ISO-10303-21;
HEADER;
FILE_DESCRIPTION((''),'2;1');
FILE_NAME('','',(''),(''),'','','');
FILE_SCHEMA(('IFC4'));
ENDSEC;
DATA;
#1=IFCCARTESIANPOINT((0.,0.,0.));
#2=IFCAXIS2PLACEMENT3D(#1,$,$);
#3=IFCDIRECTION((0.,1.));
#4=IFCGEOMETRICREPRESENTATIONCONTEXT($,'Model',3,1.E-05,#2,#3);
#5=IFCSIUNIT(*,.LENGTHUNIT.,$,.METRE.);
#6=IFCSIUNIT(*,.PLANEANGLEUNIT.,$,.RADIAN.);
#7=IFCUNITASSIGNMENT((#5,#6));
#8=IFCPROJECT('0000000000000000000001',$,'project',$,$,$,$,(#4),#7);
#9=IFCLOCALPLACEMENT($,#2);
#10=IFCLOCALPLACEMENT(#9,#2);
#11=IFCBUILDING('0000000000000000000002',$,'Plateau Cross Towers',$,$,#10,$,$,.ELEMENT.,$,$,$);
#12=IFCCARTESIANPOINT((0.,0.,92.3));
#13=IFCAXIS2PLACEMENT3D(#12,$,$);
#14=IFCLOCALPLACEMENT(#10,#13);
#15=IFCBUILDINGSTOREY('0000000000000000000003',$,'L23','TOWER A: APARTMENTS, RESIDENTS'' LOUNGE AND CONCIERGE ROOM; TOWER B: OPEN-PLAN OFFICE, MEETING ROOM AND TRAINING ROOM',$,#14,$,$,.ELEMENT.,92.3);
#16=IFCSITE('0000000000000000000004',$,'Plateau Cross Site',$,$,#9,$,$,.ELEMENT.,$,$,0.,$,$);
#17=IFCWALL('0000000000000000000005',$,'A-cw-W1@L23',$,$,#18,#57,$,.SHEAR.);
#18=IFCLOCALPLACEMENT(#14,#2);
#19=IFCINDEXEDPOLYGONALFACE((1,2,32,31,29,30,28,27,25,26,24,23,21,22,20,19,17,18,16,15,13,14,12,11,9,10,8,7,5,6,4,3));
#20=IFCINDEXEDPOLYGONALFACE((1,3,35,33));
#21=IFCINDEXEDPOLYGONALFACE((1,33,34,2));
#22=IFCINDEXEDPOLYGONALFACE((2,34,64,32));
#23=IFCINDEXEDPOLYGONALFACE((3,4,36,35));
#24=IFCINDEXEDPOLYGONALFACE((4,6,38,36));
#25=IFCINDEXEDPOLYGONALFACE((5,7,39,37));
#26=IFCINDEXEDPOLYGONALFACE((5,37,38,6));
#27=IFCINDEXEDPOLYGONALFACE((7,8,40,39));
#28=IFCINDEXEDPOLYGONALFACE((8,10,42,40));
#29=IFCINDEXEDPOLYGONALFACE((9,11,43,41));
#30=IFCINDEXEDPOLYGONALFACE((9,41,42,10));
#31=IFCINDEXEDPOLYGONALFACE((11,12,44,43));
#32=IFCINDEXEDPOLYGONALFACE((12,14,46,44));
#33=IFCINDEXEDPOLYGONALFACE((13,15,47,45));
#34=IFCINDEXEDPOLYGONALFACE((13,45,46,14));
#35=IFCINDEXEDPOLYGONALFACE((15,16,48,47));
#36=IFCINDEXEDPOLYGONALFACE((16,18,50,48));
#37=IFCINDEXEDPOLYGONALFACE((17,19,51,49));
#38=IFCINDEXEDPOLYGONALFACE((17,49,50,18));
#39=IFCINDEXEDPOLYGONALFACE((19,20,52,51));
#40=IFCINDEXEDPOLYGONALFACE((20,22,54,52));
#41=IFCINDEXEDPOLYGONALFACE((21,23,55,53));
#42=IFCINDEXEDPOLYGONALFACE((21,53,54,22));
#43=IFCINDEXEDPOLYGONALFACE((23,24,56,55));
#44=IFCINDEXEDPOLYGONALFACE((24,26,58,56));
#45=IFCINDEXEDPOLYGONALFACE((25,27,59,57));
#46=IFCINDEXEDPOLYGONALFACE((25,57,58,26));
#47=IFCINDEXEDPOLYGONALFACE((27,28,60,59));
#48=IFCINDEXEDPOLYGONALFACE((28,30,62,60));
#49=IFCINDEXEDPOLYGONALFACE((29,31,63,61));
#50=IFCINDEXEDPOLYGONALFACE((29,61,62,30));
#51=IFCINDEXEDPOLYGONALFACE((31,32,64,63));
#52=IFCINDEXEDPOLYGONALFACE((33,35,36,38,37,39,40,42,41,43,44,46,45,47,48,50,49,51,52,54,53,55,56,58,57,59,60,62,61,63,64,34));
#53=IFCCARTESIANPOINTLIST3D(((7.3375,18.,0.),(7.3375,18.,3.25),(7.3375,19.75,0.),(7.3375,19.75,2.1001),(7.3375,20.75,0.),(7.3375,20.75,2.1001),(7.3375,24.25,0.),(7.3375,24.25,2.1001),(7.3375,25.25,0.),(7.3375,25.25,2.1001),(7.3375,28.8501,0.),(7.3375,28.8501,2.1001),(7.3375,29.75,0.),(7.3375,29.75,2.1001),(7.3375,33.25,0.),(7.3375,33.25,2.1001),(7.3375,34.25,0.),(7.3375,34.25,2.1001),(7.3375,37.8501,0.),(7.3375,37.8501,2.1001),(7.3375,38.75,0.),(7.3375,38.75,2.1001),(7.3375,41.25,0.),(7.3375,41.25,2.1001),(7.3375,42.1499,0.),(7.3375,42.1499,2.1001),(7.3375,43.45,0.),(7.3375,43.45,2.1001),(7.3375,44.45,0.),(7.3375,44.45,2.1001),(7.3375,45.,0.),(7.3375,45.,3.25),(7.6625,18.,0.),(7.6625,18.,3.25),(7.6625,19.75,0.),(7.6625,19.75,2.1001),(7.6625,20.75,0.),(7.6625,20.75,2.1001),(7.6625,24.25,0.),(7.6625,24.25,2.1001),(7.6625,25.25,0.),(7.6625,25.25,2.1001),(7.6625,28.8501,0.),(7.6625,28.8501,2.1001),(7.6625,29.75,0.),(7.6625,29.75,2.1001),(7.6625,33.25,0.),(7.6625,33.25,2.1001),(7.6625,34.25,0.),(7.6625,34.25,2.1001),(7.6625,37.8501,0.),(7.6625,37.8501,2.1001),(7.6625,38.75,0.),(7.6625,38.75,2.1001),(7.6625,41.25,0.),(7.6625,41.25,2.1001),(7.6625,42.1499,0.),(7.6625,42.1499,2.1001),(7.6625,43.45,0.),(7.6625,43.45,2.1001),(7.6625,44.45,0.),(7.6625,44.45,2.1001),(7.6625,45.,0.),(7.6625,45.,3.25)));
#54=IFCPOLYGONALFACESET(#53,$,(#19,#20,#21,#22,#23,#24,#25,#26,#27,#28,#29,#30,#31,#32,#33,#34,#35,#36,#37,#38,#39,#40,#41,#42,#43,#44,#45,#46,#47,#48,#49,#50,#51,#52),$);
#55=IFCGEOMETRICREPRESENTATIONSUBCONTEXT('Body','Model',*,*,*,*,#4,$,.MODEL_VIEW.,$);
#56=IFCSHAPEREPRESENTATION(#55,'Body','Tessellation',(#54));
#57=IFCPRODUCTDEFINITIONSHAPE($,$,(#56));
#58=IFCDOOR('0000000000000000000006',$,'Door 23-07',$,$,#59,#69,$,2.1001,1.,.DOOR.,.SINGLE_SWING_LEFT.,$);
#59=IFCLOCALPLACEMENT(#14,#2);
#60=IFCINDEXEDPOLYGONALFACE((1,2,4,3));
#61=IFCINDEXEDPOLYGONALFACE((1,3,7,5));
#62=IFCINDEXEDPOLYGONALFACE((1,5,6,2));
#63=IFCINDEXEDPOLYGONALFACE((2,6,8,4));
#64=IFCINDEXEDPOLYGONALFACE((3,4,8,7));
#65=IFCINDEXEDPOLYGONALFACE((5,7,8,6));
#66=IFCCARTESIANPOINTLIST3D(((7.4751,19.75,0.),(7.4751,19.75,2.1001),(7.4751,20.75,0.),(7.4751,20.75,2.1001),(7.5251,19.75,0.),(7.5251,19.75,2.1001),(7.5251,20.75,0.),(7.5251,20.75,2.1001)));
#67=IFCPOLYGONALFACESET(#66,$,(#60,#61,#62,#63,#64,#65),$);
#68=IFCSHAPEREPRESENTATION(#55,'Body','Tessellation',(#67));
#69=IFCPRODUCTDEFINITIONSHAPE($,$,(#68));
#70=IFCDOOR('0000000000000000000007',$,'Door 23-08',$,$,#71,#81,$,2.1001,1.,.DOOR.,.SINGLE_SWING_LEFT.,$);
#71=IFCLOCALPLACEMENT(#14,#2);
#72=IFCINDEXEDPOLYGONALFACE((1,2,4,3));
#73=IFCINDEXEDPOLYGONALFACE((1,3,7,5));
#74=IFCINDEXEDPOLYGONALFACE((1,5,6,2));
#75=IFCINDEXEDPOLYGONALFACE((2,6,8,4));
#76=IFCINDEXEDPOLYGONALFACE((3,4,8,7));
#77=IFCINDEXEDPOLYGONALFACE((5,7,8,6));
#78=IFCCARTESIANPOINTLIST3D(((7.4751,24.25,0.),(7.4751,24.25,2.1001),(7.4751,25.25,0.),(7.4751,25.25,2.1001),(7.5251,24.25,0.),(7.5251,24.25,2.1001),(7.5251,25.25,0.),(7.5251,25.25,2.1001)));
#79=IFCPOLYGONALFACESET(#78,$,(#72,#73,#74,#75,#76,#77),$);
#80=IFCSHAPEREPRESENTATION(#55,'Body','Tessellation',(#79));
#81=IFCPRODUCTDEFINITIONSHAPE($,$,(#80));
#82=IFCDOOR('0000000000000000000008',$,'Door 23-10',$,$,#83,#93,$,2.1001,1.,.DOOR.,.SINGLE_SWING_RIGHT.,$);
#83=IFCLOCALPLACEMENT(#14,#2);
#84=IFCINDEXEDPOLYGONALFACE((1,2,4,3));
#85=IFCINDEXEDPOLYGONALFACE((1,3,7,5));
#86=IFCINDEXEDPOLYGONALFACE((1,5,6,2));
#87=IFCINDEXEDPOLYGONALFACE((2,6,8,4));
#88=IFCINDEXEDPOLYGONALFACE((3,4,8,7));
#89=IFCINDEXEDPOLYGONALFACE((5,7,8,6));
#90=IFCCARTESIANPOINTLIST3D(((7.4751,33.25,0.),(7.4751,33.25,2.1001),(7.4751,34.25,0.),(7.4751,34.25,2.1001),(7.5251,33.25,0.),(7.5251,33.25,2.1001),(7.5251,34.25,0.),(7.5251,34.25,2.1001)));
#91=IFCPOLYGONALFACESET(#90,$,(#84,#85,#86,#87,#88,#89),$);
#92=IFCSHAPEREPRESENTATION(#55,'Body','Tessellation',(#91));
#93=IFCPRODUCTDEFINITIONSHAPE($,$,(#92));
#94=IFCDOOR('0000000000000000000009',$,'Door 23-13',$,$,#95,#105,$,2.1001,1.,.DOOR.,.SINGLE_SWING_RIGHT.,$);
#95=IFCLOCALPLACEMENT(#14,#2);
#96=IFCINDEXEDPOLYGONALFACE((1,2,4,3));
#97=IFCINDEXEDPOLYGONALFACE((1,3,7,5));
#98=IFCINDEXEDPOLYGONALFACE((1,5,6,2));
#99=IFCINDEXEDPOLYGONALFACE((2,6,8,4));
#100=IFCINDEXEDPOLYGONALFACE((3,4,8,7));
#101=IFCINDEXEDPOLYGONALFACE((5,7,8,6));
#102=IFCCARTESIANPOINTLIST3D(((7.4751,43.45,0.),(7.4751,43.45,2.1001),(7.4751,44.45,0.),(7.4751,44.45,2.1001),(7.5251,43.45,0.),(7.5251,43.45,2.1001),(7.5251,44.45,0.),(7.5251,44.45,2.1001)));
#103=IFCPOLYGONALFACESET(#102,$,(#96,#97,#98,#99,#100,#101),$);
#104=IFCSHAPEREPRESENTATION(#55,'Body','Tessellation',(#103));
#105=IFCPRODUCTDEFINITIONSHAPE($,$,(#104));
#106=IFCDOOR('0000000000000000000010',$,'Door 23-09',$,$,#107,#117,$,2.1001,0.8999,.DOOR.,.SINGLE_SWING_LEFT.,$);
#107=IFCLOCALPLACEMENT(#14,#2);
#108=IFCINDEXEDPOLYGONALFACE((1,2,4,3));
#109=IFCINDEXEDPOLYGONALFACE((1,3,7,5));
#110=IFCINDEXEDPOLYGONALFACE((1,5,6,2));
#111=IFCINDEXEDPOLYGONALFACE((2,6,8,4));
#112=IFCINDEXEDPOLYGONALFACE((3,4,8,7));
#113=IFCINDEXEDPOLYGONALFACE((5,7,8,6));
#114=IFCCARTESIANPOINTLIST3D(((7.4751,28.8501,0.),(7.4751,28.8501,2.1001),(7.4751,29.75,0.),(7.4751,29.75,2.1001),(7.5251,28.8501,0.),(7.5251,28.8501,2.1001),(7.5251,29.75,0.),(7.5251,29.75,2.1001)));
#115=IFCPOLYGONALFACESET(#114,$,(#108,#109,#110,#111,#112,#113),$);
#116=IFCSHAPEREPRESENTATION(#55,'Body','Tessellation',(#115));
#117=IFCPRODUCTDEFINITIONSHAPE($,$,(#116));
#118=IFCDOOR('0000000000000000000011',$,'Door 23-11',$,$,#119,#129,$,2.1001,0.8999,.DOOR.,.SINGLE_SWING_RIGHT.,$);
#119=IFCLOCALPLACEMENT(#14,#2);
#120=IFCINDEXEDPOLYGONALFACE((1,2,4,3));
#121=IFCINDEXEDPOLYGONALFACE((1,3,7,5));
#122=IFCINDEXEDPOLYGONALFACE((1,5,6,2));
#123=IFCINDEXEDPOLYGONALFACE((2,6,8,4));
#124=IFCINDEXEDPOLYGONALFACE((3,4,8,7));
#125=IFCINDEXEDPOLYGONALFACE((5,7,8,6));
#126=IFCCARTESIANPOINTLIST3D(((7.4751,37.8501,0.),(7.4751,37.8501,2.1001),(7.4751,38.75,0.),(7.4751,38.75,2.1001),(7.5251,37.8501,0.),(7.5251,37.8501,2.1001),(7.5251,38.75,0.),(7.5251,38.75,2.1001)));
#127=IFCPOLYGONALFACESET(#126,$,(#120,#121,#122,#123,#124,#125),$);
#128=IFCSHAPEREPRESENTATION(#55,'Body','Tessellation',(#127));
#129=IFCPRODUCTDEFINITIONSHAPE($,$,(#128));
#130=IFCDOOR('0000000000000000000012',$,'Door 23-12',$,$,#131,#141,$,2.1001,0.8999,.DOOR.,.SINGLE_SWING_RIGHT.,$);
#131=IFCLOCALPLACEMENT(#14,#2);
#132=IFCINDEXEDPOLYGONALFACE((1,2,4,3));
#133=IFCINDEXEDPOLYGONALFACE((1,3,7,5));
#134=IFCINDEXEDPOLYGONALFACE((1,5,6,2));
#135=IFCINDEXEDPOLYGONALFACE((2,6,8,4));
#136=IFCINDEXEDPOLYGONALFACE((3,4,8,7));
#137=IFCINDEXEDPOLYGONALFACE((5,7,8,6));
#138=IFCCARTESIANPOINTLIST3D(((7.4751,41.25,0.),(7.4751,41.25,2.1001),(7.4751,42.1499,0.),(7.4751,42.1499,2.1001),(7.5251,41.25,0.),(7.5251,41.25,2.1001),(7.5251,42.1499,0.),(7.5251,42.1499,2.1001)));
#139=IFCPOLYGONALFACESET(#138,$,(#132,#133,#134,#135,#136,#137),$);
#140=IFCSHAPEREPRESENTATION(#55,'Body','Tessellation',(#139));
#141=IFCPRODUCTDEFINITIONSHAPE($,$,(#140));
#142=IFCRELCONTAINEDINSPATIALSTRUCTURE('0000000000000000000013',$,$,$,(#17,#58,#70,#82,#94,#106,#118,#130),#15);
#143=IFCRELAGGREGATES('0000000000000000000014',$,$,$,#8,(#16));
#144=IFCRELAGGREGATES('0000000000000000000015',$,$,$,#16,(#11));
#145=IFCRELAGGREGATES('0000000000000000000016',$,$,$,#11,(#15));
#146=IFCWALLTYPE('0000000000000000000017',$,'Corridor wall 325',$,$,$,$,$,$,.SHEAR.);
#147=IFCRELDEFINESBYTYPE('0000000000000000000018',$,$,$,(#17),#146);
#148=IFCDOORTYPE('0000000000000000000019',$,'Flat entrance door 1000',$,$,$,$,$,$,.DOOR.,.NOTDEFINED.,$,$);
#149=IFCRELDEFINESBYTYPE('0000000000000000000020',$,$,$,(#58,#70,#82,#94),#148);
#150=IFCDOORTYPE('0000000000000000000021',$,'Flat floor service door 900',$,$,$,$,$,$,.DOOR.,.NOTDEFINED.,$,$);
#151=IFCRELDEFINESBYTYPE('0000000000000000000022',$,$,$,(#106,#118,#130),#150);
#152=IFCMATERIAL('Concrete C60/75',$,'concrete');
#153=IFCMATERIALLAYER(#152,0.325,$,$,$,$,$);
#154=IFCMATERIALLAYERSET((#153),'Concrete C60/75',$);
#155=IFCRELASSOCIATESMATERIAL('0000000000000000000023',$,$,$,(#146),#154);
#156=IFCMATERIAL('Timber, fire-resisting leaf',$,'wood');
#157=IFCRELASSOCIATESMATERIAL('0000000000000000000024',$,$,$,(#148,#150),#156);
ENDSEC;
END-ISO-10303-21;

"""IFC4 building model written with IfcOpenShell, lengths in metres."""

from ifc_helpers import new_model, si_unit, direction, frame, frame_2d, origin, place, context, subcontext, project, spatial, rectangle, extrude, material, layer, layer_set, type_object, element, fill, save


model = new_model("IFC4")

# Units and contexts
model_context = context("Model", 3, precision=1e-05, world=origin(), true_north=direction((0.0, 1.0)))
body_context = subcontext(model_context, "Body", "Model", "MODEL_VIEW")
ifc_project = project(units=[si_unit("LENGTHUNIT", "METRE"), si_unit("PLANEANGLEUNIT", "RADIAN")], contexts=[model_context])

# Site, building, storey
site_placement = place(None, origin())
site = spatial("IfcSite", under=ifc_project, at=site_placement, Name="Plateau Cross Site", CompositionType="ELEMENT", RefElevation=0.0)
building_placement = place(site_placement, origin())
building = spatial("IfcBuilding", under=site, at=building_placement, Name="Plateau Cross Towers", CompositionType="ELEMENT")
storey_placement = place(building_placement, frame((0.0, 0.0, 92.3)))
storey = spatial("IfcBuildingStorey", under=building, at=storey_placement, Name="L23", Description="TOWER A: APARTMENTS, RESIDENTS' LOUNGE AND CONCIERGE ROOM; TOWER B: OPEN-PLAN OFFICE, MEETING ROOM AND TRAINING ROOM", CompositionType="ELEMENT", Elevation=92.3)

# Shared definitions
ifc_material_1 = material(Name="Concrete C60/75", Category="concrete")

# Wall, openings, doors
ifc_layer_1 = layer(ifc_material_1, 0.325)
ifc_layer_set_1 = layer_set([ifc_layer_1], Name="Concrete C60/75")
wall_type_1 = type_object("IfcWallType", Name="Corridor wall 325", PredefinedType="SHEAR", material=ifc_layer_set_1)
wall_1_placement = place(storey_placement, frame((7.5, 18.0, 0.0), z_axis=(0.0, 0.0, 1.0), x_axis=(0.0, 1.0, 0.0)))
wall_1 = element("IfcWall", 1, at=wall_1_placement, inside=storey, type_object=wall_type_1, Name="A-cw-W1@L23", PredefinedType="SHEAR", context=body_context, shape_type="SweptSolid", body=[
    extrude(rectangle(XDim=27.0, YDim=0.325, at=frame_2d((13.5, 0.0))), origin(), (0.0, 0.0, 1.0), 3.25),
])
opening_1_placement = place(wall_1_placement, frame((1.75, 0.0, 0.0)))
opening_1 = element("IfcOpeningElement", 2, at=opening_1_placement, cuts=wall_1, PredefinedType="OPENING", context=body_context, shape_type="SweptSolid", body=[
    extrude(rectangle(XDim=1.0, YDim=2.1001, at=frame_2d((0.5, 1.05))), frame((0.0, 0.1724, 0.0), z_axis=(0.0, -1.0, 0.0), x_axis=(1.0, 0.0, 0.0)), (0.0, 0.0, 1.0), 0.345),
])
opening_2_placement = place(wall_1_placement, frame((6.25, 0.0, 0.0)))
opening_2 = element("IfcOpeningElement", 3, at=opening_2_placement, cuts=wall_1, PredefinedType="OPENING", context=body_context, shape_type="SweptSolid", body=[
    extrude(rectangle(XDim=1.0, YDim=2.1001, at=frame_2d((0.5, 1.05))), frame((0.0, 0.1724, 0.0), z_axis=(0.0, -1.0, 0.0), x_axis=(1.0, 0.0, 0.0)), (0.0, 0.0, 1.0), 0.345),
])
opening_3_placement = place(wall_1_placement, frame((10.8501, 0.0, 0.0)))
opening_3 = element("IfcOpeningElement", 4, at=opening_3_placement, cuts=wall_1, PredefinedType="OPENING", context=body_context, shape_type="SweptSolid", body=[
    extrude(rectangle(XDim=0.8999, YDim=2.1001, at=frame_2d((0.45, 1.05))), frame((0.0, 0.1724, 0.0), z_axis=(0.0, -1.0, 0.0), x_axis=(1.0, 0.0, 0.0)), (0.0, 0.0, 1.0), 0.345),
])
opening_4_placement = place(wall_1_placement, frame((15.25, 0.0, 0.0)))
opening_4 = element("IfcOpeningElement", 5, at=opening_4_placement, cuts=wall_1, PredefinedType="OPENING", context=body_context, shape_type="SweptSolid", body=[
    extrude(rectangle(XDim=1.0, YDim=2.1001, at=frame_2d((0.5, 1.05))), frame((0.0, 0.1724, 0.0), z_axis=(0.0, -1.0, 0.0), x_axis=(1.0, 0.0, 0.0)), (0.0, 0.0, 1.0), 0.345),
])
opening_5_placement = place(wall_1_placement, frame((19.8501, 0.0, 0.0)))
opening_5 = element("IfcOpeningElement", 6, at=opening_5_placement, cuts=wall_1, PredefinedType="OPENING", context=body_context, shape_type="SweptSolid", body=[
    extrude(rectangle(XDim=0.8999, YDim=2.1001, at=frame_2d((0.45, 1.05))), frame((0.0, 0.1724, 0.0), z_axis=(0.0, -1.0, 0.0), x_axis=(1.0, 0.0, 0.0)), (0.0, 0.0, 1.0), 0.345),
])
opening_6_placement = place(wall_1_placement, frame((23.25, 0.0, 0.0)))
opening_6 = element("IfcOpeningElement", 7, at=opening_6_placement, cuts=wall_1, PredefinedType="OPENING", context=body_context, shape_type="SweptSolid", body=[
    extrude(rectangle(XDim=0.8999, YDim=2.1001, at=frame_2d((0.45, 1.05))), frame((0.0, 0.1724, 0.0), z_axis=(0.0, -1.0, 0.0), x_axis=(1.0, 0.0, 0.0)), (0.0, 0.0, 1.0), 0.345),
])
opening_7_placement = place(wall_1_placement, frame((25.45, 0.0, 0.0)))
opening_7 = element("IfcOpeningElement", 8, at=opening_7_placement, cuts=wall_1, PredefinedType="OPENING", context=body_context, shape_type="SweptSolid", body=[
    extrude(rectangle(XDim=1.0, YDim=2.1001, at=frame_2d((0.5, 1.05))), frame((0.0, 0.1724, 0.0), z_axis=(0.0, -1.0, 0.0), x_axis=(1.0, 0.0, 0.0)), (0.0, 0.0, 1.0), 0.345),
])
ifc_material_2 = material(Name="Timber, fire-resisting leaf", Category="wood")
door_type_1 = type_object("IfcDoorType", Name="Flat entrance door 1000", OperationType="NOTDEFINED", PredefinedType="DOOR", material=ifc_material_2)
door_1_placement = place(opening_1_placement, origin())
door_1 = element("IfcDoor", 9, at=door_1_placement, inside=storey, type_object=door_type_1, Name="Door 23-07", OperationType="SINGLE_SWING_LEFT", OverallHeight=2.1001, OverallWidth=1.0, PredefinedType="DOOR", context=body_context, shape_type="SweptSolid", body=[
    extrude(rectangle(XDim=1.0, YDim=2.1001, at=frame_2d((0.5, 1.05))), frame((0.0, 0.0249, 0.0), z_axis=(0.0, -1.0, 0.0), x_axis=(1.0, 0.0, 0.0)), (0.0, 0.0, 1.0), 0.05),
])
fill(opening_1, door_1)
door_2_placement = place(opening_2_placement, origin())
door_2 = element("IfcDoor", 10, at=door_2_placement, inside=storey, type_object=door_type_1, Name="Door 23-08", OperationType="SINGLE_SWING_LEFT", OverallHeight=2.1001, OverallWidth=1.0, PredefinedType="DOOR", context=body_context, shape_type="SweptSolid", body=[
    extrude(rectangle(XDim=1.0, YDim=2.1001, at=frame_2d((0.5, 1.05))), frame((0.0, 0.0249, 0.0), z_axis=(0.0, -1.0, 0.0), x_axis=(1.0, 0.0, 0.0)), (0.0, 0.0, 1.0), 0.05),
])
fill(opening_2, door_2)
door_3_placement = place(opening_4_placement, origin())
door_3 = element("IfcDoor", 11, at=door_3_placement, inside=storey, type_object=door_type_1, Name="Door 23-10", OperationType="SINGLE_SWING_RIGHT", OverallHeight=2.1001, OverallWidth=1.0, PredefinedType="DOOR", context=body_context, shape_type="SweptSolid", body=[
    extrude(rectangle(XDim=1.0, YDim=2.1001, at=frame_2d((0.5, 1.05))), frame((0.0, 0.0249, 0.0), z_axis=(0.0, -1.0, 0.0), x_axis=(1.0, 0.0, 0.0)), (0.0, 0.0, 1.0), 0.05),
])
fill(opening_4, door_3)
door_4_placement = place(opening_7_placement, origin())
door_4 = element("IfcDoor", 12, at=door_4_placement, inside=storey, type_object=door_type_1, Name="Door 23-13", OperationType="SINGLE_SWING_RIGHT", OverallHeight=2.1001, OverallWidth=1.0, PredefinedType="DOOR", context=body_context, shape_type="SweptSolid", body=[
    extrude(rectangle(XDim=1.0, YDim=2.1001, at=frame_2d((0.5, 1.05))), frame((0.0, 0.0249, 0.0), z_axis=(0.0, -1.0, 0.0), x_axis=(1.0, 0.0, 0.0)), (0.0, 0.0, 1.0), 0.05),
])
fill(opening_7, door_4)
door_type_2 = type_object("IfcDoorType", Name="Flat floor service door 900", OperationType="NOTDEFINED", PredefinedType="DOOR", material=ifc_material_2)
door_5_placement = place(opening_3_placement, origin())
door_5 = element("IfcDoor", 13, at=door_5_placement, inside=storey, type_object=door_type_2, Name="Door 23-09", OperationType="SINGLE_SWING_LEFT", OverallHeight=2.1001, OverallWidth=0.8999, PredefinedType="DOOR", context=body_context, shape_type="SweptSolid", body=[
    extrude(rectangle(XDim=0.8999, YDim=2.1001, at=frame_2d((0.45, 1.05))), frame((0.0, 0.0249, 0.0), z_axis=(0.0, -1.0, 0.0), x_axis=(1.0, 0.0, 0.0)), (0.0, 0.0, 1.0), 0.05),
])
fill(opening_3, door_5)
door_6_placement = place(opening_5_placement, origin())
door_6 = element("IfcDoor", 14, at=door_6_placement, inside=storey, type_object=door_type_2, Name="Door 23-11", OperationType="SINGLE_SWING_RIGHT", OverallHeight=2.1001, OverallWidth=0.8999, PredefinedType="DOOR", context=body_context, shape_type="SweptSolid", body=[
    extrude(rectangle(XDim=0.8999, YDim=2.1001, at=frame_2d((0.45, 1.05))), frame((0.0, 0.0249, 0.0), z_axis=(0.0, -1.0, 0.0), x_axis=(1.0, 0.0, 0.0)), (0.0, 0.0, 1.0), 0.05),
])
fill(opening_5, door_6)
door_7_placement = place(opening_6_placement, origin())
door_7 = element("IfcDoor", 15, at=door_7_placement, inside=storey, type_object=door_type_2, Name="Door 23-12", OperationType="SINGLE_SWING_RIGHT", OverallHeight=2.1001, OverallWidth=0.8999, PredefinedType="DOOR", context=body_context, shape_type="SweptSolid", body=[
    extrude(rectangle(XDim=0.8999, YDim=2.1001, at=frame_2d((0.45, 1.05))), frame((0.0, 0.0249, 0.0), z_axis=(0.0, -1.0, 0.0), x_axis=(1.0, 0.0, 0.0)), (0.0, 0.0, 1.0), 0.05),
])
fill(opening_6, door_7)

save(model, "model.ifc")
